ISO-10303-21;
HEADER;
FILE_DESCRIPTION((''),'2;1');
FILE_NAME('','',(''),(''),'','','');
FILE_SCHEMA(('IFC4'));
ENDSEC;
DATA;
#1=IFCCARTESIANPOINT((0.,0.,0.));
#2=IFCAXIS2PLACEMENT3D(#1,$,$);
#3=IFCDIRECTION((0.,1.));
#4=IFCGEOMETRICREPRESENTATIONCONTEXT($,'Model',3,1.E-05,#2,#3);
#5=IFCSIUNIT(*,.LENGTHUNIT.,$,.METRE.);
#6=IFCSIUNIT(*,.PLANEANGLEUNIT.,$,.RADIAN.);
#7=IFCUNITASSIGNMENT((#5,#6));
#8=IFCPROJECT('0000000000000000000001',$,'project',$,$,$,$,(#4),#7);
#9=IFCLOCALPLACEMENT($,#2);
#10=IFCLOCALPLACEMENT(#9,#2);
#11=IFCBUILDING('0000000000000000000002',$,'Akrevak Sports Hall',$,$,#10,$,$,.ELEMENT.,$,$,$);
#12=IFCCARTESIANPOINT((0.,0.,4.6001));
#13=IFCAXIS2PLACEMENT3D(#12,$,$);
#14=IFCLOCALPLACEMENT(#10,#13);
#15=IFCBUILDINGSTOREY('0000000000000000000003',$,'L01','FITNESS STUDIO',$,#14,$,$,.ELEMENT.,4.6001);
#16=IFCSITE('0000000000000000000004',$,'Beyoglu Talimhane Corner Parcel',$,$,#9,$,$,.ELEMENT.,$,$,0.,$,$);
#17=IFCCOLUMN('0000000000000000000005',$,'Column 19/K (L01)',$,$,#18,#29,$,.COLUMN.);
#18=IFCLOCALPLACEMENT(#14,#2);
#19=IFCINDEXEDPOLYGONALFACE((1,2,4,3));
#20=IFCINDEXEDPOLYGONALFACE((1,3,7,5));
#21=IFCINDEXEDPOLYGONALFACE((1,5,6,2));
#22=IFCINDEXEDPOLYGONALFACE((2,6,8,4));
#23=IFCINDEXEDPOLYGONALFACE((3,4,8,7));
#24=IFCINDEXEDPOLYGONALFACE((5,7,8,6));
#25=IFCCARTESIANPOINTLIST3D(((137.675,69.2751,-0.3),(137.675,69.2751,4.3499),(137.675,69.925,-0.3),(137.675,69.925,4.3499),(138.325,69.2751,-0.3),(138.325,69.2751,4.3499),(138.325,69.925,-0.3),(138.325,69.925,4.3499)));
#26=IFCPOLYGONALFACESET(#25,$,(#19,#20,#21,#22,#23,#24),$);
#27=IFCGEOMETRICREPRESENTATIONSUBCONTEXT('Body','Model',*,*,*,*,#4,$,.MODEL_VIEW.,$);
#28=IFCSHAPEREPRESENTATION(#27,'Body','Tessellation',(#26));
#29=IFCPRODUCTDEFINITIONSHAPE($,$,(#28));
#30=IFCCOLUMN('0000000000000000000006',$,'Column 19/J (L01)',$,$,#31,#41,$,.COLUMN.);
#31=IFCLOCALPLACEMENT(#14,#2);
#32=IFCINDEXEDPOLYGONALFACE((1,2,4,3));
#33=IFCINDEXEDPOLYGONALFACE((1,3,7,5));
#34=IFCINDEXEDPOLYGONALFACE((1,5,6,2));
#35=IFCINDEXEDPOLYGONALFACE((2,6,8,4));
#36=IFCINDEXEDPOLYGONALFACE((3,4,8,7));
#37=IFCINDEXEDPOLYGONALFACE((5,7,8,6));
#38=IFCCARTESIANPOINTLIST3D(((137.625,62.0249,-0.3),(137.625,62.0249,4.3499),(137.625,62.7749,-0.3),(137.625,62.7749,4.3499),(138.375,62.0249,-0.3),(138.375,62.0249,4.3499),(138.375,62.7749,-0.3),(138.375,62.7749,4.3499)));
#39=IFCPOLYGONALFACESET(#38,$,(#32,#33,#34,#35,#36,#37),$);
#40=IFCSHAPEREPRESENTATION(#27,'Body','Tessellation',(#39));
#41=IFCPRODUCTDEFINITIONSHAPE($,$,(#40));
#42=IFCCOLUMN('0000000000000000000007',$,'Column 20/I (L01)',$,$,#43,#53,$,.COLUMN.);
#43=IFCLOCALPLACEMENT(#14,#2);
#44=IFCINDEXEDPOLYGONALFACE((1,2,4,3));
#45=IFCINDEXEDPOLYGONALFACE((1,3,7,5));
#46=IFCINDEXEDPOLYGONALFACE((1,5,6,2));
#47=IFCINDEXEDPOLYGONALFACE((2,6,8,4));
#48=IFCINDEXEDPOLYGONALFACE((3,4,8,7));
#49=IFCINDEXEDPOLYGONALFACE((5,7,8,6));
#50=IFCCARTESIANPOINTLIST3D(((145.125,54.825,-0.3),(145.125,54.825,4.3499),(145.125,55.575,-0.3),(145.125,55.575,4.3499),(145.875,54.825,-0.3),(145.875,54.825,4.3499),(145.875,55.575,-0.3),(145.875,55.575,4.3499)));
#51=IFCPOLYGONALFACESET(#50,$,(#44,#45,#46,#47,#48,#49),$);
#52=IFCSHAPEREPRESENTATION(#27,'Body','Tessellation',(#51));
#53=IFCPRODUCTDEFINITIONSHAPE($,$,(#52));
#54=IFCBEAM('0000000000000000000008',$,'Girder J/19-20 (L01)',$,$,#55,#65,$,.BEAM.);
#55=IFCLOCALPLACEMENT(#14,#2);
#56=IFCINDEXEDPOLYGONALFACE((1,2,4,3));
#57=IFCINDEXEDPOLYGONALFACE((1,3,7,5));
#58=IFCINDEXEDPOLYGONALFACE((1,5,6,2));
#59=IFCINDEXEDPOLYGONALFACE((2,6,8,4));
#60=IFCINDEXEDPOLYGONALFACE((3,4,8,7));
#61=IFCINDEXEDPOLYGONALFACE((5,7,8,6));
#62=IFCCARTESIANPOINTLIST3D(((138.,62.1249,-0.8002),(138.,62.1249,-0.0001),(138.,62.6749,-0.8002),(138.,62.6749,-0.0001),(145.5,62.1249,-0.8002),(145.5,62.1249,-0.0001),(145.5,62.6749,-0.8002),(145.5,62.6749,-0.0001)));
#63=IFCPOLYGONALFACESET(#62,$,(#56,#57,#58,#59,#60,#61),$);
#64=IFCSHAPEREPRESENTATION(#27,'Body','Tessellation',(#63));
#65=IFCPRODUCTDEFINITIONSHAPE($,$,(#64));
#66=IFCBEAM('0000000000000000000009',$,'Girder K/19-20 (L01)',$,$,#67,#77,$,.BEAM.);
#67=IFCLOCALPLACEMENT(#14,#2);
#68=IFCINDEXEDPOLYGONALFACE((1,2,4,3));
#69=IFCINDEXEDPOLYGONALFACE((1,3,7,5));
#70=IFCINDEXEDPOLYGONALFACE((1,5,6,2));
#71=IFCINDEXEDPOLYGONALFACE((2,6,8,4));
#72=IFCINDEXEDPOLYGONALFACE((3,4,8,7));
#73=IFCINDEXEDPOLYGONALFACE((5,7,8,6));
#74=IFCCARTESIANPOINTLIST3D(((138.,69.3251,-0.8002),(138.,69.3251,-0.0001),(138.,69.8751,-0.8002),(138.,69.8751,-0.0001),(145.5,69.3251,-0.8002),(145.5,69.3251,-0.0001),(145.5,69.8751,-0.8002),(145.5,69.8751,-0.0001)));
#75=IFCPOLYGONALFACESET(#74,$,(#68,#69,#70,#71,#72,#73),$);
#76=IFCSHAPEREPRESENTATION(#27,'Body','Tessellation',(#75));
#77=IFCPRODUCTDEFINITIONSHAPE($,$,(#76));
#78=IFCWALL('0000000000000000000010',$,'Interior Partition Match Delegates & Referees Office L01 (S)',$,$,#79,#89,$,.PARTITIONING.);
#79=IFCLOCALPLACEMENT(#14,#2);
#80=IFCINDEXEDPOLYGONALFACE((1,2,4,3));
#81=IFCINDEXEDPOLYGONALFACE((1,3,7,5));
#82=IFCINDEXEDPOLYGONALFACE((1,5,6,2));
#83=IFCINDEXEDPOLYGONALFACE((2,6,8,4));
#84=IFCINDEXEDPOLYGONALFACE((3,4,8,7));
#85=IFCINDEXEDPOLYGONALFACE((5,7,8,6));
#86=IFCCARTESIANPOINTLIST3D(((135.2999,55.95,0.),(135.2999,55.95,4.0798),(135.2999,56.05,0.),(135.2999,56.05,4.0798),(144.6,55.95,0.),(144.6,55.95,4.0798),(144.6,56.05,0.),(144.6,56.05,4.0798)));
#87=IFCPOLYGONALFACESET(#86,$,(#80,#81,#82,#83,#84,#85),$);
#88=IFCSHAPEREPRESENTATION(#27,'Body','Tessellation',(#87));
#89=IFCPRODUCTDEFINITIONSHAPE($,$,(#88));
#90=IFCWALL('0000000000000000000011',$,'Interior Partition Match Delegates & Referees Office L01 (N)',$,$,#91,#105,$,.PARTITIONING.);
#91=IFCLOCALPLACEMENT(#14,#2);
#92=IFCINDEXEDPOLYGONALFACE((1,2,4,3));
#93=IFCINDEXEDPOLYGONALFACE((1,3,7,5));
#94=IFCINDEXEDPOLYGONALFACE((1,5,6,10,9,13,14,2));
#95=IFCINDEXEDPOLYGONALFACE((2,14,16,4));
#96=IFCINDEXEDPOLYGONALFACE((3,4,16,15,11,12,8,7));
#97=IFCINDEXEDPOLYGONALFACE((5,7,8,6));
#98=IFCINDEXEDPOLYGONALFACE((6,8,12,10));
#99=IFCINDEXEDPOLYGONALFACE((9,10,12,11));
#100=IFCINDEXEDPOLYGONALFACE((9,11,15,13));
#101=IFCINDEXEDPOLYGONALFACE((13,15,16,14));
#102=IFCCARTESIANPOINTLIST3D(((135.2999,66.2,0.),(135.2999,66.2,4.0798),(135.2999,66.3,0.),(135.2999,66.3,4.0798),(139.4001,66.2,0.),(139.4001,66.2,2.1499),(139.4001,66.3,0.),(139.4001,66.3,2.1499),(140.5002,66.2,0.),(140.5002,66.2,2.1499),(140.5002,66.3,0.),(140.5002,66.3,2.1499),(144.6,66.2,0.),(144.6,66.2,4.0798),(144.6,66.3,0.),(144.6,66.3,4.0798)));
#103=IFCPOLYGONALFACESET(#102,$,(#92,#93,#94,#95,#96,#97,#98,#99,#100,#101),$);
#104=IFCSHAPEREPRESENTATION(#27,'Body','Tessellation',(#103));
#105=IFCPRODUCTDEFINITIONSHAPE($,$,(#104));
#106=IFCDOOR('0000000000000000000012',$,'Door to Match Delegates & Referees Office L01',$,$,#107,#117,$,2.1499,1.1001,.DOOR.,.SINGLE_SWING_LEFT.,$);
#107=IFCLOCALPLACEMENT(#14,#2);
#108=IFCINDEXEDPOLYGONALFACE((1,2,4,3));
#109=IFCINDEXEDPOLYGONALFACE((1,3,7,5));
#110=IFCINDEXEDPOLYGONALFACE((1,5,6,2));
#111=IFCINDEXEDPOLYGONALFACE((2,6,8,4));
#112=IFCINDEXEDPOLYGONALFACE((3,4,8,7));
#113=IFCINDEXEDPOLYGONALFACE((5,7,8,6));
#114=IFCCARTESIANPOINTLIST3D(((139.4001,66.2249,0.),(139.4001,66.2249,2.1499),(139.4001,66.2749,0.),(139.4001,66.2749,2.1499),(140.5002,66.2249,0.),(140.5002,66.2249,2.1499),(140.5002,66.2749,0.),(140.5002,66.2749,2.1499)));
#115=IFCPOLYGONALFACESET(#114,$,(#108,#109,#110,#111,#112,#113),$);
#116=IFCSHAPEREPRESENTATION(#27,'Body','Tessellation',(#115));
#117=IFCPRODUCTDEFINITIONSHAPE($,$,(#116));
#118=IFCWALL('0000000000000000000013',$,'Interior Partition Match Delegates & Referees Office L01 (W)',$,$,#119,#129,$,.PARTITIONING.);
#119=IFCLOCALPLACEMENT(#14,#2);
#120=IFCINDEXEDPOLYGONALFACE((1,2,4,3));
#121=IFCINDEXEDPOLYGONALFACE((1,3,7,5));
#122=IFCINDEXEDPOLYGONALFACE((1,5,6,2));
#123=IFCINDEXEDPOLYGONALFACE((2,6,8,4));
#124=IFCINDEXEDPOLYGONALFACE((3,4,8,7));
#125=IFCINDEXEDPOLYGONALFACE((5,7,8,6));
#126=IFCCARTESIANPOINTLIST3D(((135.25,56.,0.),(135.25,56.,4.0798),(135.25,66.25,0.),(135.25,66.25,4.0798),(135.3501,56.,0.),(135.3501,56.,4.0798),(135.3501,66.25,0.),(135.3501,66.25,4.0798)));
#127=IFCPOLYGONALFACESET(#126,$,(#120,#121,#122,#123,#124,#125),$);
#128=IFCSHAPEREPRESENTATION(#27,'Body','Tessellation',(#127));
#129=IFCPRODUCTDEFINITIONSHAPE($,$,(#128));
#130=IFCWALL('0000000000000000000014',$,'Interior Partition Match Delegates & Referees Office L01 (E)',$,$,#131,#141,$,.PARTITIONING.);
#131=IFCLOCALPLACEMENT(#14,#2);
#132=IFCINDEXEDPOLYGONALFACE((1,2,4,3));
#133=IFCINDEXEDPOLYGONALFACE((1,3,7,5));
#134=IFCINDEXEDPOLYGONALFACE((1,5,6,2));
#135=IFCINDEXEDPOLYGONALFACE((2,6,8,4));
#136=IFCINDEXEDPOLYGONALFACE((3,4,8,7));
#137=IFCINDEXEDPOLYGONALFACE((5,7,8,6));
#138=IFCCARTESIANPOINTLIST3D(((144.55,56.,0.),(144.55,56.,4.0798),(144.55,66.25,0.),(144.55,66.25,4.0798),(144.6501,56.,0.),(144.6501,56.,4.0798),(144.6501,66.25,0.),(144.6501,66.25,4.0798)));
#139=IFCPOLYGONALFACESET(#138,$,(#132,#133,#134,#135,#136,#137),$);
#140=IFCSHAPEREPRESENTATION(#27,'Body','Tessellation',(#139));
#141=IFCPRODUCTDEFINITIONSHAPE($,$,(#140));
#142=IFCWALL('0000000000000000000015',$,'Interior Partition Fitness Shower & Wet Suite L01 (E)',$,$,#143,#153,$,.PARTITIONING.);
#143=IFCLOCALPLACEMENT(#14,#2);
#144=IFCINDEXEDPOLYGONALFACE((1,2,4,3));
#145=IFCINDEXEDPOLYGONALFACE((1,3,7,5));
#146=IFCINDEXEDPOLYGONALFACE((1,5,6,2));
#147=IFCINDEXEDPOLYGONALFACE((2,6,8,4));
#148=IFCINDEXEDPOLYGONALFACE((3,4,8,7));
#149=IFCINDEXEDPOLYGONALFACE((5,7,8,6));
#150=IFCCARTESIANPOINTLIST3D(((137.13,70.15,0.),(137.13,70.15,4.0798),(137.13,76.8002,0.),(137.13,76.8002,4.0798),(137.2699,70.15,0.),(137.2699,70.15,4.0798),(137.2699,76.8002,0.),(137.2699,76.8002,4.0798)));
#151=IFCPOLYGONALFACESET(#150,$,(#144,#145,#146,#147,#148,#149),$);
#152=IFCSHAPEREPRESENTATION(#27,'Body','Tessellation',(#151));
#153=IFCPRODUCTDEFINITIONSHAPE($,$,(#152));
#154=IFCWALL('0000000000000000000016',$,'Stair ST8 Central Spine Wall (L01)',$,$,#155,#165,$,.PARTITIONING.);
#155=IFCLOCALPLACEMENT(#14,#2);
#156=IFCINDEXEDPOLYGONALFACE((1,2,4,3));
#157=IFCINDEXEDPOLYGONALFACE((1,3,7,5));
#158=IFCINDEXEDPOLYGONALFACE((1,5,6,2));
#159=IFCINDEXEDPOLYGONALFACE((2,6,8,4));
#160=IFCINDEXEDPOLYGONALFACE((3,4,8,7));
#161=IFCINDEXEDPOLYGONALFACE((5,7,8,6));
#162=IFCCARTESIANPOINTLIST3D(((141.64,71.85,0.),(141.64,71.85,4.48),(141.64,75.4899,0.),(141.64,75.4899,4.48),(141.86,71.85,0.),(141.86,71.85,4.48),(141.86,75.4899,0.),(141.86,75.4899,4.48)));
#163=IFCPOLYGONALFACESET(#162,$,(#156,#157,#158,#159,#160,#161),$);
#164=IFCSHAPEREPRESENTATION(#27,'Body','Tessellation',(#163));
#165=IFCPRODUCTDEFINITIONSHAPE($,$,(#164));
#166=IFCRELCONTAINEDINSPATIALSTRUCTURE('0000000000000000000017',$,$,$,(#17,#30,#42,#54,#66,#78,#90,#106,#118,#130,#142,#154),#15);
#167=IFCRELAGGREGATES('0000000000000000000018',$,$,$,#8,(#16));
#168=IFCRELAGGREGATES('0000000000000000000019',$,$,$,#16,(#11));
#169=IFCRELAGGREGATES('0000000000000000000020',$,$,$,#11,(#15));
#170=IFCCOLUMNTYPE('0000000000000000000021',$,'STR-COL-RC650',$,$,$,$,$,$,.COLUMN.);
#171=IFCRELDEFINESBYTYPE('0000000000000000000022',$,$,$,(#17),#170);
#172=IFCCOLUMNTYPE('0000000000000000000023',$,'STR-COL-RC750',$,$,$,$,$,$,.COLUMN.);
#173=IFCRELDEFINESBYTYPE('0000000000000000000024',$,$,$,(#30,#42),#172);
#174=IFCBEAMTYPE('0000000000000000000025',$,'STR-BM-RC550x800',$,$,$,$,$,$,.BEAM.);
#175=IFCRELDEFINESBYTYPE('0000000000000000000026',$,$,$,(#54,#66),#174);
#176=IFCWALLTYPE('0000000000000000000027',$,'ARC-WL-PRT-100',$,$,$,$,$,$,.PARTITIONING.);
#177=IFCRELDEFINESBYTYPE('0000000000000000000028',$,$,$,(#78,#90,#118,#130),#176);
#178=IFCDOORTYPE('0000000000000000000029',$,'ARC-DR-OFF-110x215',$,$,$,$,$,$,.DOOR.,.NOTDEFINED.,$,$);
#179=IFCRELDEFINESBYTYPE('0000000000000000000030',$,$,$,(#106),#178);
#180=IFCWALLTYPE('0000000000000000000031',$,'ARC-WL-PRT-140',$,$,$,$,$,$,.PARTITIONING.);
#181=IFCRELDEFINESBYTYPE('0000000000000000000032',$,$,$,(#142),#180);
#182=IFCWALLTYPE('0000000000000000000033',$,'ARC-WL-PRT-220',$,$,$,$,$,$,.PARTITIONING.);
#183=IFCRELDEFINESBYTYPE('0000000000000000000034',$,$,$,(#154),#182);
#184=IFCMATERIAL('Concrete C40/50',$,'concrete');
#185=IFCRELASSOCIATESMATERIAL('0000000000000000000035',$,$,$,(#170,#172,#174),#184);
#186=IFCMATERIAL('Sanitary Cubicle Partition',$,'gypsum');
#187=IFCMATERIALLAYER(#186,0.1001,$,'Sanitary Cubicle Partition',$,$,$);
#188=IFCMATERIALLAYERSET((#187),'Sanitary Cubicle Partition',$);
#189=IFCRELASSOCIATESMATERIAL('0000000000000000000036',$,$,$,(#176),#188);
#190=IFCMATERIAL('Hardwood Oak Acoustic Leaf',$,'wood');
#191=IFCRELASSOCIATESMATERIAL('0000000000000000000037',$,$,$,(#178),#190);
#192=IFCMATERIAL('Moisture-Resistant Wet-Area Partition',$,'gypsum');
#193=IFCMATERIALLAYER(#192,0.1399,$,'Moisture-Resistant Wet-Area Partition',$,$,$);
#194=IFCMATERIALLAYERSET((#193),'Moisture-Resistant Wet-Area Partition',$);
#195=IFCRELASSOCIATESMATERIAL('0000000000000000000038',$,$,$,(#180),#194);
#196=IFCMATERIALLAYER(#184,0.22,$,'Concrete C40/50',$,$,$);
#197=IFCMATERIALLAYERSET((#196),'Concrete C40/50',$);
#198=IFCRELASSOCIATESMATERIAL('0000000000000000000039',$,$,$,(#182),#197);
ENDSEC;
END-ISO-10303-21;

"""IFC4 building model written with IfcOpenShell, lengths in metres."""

from ifc_helpers import new_model, si_unit, direction, frame, frame_2d, origin, origin_2d, place, context, subcontext, project, spatial, rectangle, extrude, material, layer, layer_set, material_profile, profile_set, type_object, element, fill, save


model = new_model("IFC4")

# Units and contexts
model_context = context("Model", 3, precision=1e-05, world=origin(), true_north=direction((0.0, 1.0)))
body_context = subcontext(model_context, "Body", "Model", "MODEL_VIEW")
ifc_project = project(units=[si_unit("LENGTHUNIT", "METRE"), si_unit("PLANEANGLEUNIT", "RADIAN")], contexts=[model_context])

# Site, building, storey
site_placement = place(None, origin())
site = spatial("IfcSite", under=ifc_project, at=site_placement, Name="Beyoglu Talimhane Corner Parcel", CompositionType="ELEMENT", RefElevation=0.0)
building_placement = place(site_placement, origin())
building = spatial("IfcBuilding", under=site, at=building_placement, Name="Akrevak Sports Hall", CompositionType="ELEMENT")
storey_placement = place(building_placement, frame((0.0, 0.0, 4.6001)))
storey = spatial("IfcBuildingStorey", under=building, at=storey_placement, Name="L01", Description="FITNESS STUDIO", CompositionType="ELEMENT", Elevation=4.6001)

# Columns
ifc_material_1 = material(Name="Concrete C40/50", Category="concrete")
ifc_material_profile_1 = material_profile(ifc_material_1, rectangle(XDim=0.6499, YDim=0.6499, at=origin_2d()), Name="RC 650x650", Category="concrete")
ifc_profile_set_1 = profile_set([ifc_material_profile_1], Name="Concrete C40/50")
column_type_1 = type_object("IfcColumnType", Name="STR-COL-RC650", PredefinedType="COLUMN", material=ifc_profile_set_1)
column_placement = place(storey_placement, frame((138.0, 69.6001, -0.3), z_axis=(0.0, 0.0, 1.0), x_axis=(1.0, 0.0, 0.0)))
element("IfcColumn", 1, at=column_placement, inside=storey, type_object=column_type_1, Name="Column 19/K (L01)", PredefinedType="COLUMN", context=body_context, shape_type="SweptSolid", body=[
    extrude(rectangle(XDim=0.6499, YDim=0.6499, at=origin_2d()), origin(), (0.0, 0.0, 1.0), 4.6499),
])
ifc_material_profile_2 = material_profile(ifc_material_1, rectangle(XDim=0.75, YDim=0.75, at=origin_2d()), Name="RC 750x750", Category="concrete")
ifc_profile_set_2 = profile_set([ifc_material_profile_2], Name="Concrete C40/50")
column_type_2 = type_object("IfcColumnType", Name="STR-COL-RC750", PredefinedType="COLUMN", material=ifc_profile_set_2)
for number, where, z_axis, x_axis, name in (
    (2, (138.0, 62.3999, -0.3), (0.0, 0.0, 1.0), (1.0, 0.0, 0.0), "Column 19/J (L01)"),
    (3, (145.5, 55.2, -0.3), (0.0, 0.0, 1.0), (1.0, 0.0, 0.0), "Column 20/I (L01)"),
):
    element("IfcColumn", number, at=place(storey_placement, frame(where, z_axis=z_axis, x_axis=x_axis)), inside=storey, type_object=column_type_2, Name=name, PredefinedType="COLUMN", context=body_context, shape_type="SweptSolid", body=[
        extrude(rectangle(XDim=0.75, YDim=0.75, at=origin_2d()), origin(), (0.0, 0.0, 1.0), 4.6499),
    ])

# Beams
ifc_material_profile_3 = material_profile(ifc_material_1, rectangle(XDim=0.55, YDim=0.8, at=origin_2d()), Name="BM 550x800", Category="concrete")
ifc_profile_set_3 = profile_set([ifc_material_profile_3], Name="Concrete C40/50")
beam_type = type_object("IfcBeamType", Name="STR-BM-RC550x800", PredefinedType="BEAM", material=ifc_profile_set_3)
for number, where, z_axis, x_axis, name in (
    (4, (138.0, 62.3999, -0.4001), (1.0, 0.0, 0.0), (0.0, 1.0, 0.0), "Girder J/19-20 (L01)"),
    (5, (138.0, 69.6001, -0.4001), (1.0, 0.0, 0.0), (0.0, 1.0, 0.0), "Girder K/19-20 (L01)"),
):
    element("IfcBeam", number, at=place(storey_placement, frame(where, z_axis=z_axis, x_axis=x_axis)), inside=storey, type_object=beam_type, Name=name, PredefinedType="BEAM", context=body_context, shape_type="SweptSolid", body=[
        extrude(rectangle(XDim=0.55, YDim=0.8, at=origin_2d()), origin(), (0.0, 0.0, 1.0), 7.5),
    ])

# Wall
ifc_material_2 = material(Name="Sanitary Cubicle Partition", Category="gypsum")
ifc_layer_1 = layer(ifc_material_2, 0.1001, Name="Sanitary Cubicle Partition")
ifc_layer_set_1 = layer_set([ifc_layer_1], Name="Sanitary Cubicle Partition")
wall_type_1 = type_object("IfcWallType", Name="ARC-WL-PRT-100", PredefinedType="PARTITIONING", material=ifc_layer_set_1)
wall_1_placement = place(storey_placement, frame((135.3, 56.0, 0.0), z_axis=(0.0, 0.0, 1.0), x_axis=(1.0, 0.0, 0.0)))
element("IfcWall", 6, at=wall_1_placement, inside=storey, type_object=wall_type_1, Name="Interior Partition Match Delegates & Referees Office L01 (S)", PredefinedType="PARTITIONING", context=body_context, shape_type="SweptSolid", body=[
    extrude(rectangle(XDim=9.3, YDim=0.1001, at=frame_2d((4.6499, 0.0))), origin(), (0.0, 0.0, 1.0), 4.0798),
])

# Wall, opening, door
wall_2_placement = place(storey_placement, frame((135.3, 66.25, 0.0), z_axis=(0.0, 0.0, 1.0), x_axis=(1.0, 0.0, 0.0)))
wall_2 = element("IfcWall", 7, at=wall_2_placement, inside=storey, type_object=wall_type_1, Name="Interior Partition Match Delegates & Referees Office L01 (N)", PredefinedType="PARTITIONING", context=body_context, shape_type="SweptSolid", body=[
    extrude(rectangle(XDim=9.3, YDim=0.1001, at=frame_2d((4.6499, 0.0))), origin(), (0.0, 0.0, 1.0), 4.0798),
])
opening_1_placement = place(wall_2_placement, frame((4.1001, 0.0, 0.0)))
opening_1 = element("IfcOpeningElement", 8, at=opening_1_placement, cuts=wall_2, PredefinedType="OPENING", context=body_context, shape_type="SweptSolid", body=[
    extrude(rectangle(XDim=1.1001, YDim=2.1499, at=frame_2d((0.55, 1.075))), frame((0.0, 0.062, 0.0), z_axis=(0.0, -1.0, 0.0), x_axis=(1.0, 0.0, 0.0)), (0.0, 0.0, 1.0), 0.124),
])
ifc_material_3 = material(Name="Hardwood Oak Acoustic Leaf", Category="wood")
door_type_1 = type_object("IfcDoorType", Name="ARC-DR-OFF-110x215", OperationType="NOTDEFINED", PredefinedType="DOOR", material=ifc_material_3)
door_1_placement = place(opening_1_placement, origin())
door_1 = element("IfcDoor", 9, at=door_1_placement, inside=storey, type_object=door_type_1, Name="Door to Match Delegates & Referees Office L01", OperationType="SINGLE_SWING_LEFT", OverallHeight=2.1499, OverallWidth=1.1001, PredefinedType="DOOR", context=body_context, shape_type="SweptSolid", body=[
    extrude(rectangle(XDim=1.1001, YDim=2.1499, at=frame_2d((0.55, 1.075))), frame((0.0, 0.0249, 0.0), z_axis=(0.0, -1.0, 0.0), x_axis=(1.0, 0.0, 0.0)), (0.0, 0.0, 1.0), 0.05),
])
fill(opening_1, door_1)

# Walls
for number, where, z_axis, x_axis, name in (
    (10, (135.3, 56.0, 0.0), (0.0, 0.0, 1.0), (0.0, 1.0, 0.0), "Interior Partition Match Delegates & Referees Office L01 (W)"),
    (11, (144.6001, 56.0, 0.0), (0.0, 0.0, 1.0), (0.0, 1.0, 0.0), "Interior Partition Match Delegates & Referees Office L01 (E)"),
):
    element("IfcWall", number, at=place(storey_placement, frame(where, z_axis=z_axis, x_axis=x_axis)), inside=storey, type_object=wall_type_1, Name=name, PredefinedType="PARTITIONING", context=body_context, shape_type="SweptSolid", body=[
        extrude(rectangle(XDim=10.25, YDim=0.1001, at=frame_2d((5.125, 0.0))), origin(), (0.0, 0.0, 1.0), 4.0798),
    ])
ifc_material_4 = material(Name="Moisture-Resistant Wet-Area Partition", Category="gypsum")
ifc_layer_2 = layer(ifc_material_4, 0.1399, Name="Moisture-Resistant Wet-Area Partition")
ifc_layer_set_2 = layer_set([ifc_layer_2], Name="Moisture-Resistant Wet-Area Partition")
wall_type_2 = type_object("IfcWallType", Name="ARC-WL-PRT-140", PredefinedType="PARTITIONING", material=ifc_layer_set_2)
wall_3_placement = place(storey_placement, frame((137.2, 70.1499, 0.0), z_axis=(0.0, 0.0, 1.0), x_axis=(0.0, 1.0, 0.0)))
element("IfcWall", 12, at=wall_3_placement, inside=storey, type_object=wall_type_2, Name="Interior Partition Fitness Shower & Wet Suite L01 (E)", PredefinedType="PARTITIONING", context=body_context, shape_type="SweptSolid", body=[
    extrude(rectangle(XDim=6.6501, YDim=0.1399, at=frame_2d((3.3252, 0.0))), origin(), (0.0, 0.0, 1.0), 4.0798),
])
ifc_layer_3 = layer(ifc_material_1, 0.22, Name="Concrete C40/50")
ifc_layer_set_3 = layer_set([ifc_layer_3], Name="Concrete C40/50")
wall_type_3 = type_object("IfcWallType", Name="ARC-WL-PRT-220", PredefinedType="PARTITIONING", material=ifc_layer_set_3)
wall_4_placement = place(storey_placement, frame((141.75, 71.8501, 0.0), z_axis=(0.0, 0.0, 1.0), x_axis=(0.0, 1.0, 0.0)))
element("IfcWall", 13, at=wall_4_placement, inside=storey, type_object=wall_type_3, Name="Stair ST8 Central Spine Wall (L01)", PredefinedType="PARTITIONING", context=body_context, shape_type="SweptSolid", body=[
    extrude(rectangle(XDim=3.6399, YDim=0.22, at=frame_2d((1.8198, 0.0))), origin(), (0.0, 0.0, 1.0), 4.48),
])

save(model, "model.ifc")
